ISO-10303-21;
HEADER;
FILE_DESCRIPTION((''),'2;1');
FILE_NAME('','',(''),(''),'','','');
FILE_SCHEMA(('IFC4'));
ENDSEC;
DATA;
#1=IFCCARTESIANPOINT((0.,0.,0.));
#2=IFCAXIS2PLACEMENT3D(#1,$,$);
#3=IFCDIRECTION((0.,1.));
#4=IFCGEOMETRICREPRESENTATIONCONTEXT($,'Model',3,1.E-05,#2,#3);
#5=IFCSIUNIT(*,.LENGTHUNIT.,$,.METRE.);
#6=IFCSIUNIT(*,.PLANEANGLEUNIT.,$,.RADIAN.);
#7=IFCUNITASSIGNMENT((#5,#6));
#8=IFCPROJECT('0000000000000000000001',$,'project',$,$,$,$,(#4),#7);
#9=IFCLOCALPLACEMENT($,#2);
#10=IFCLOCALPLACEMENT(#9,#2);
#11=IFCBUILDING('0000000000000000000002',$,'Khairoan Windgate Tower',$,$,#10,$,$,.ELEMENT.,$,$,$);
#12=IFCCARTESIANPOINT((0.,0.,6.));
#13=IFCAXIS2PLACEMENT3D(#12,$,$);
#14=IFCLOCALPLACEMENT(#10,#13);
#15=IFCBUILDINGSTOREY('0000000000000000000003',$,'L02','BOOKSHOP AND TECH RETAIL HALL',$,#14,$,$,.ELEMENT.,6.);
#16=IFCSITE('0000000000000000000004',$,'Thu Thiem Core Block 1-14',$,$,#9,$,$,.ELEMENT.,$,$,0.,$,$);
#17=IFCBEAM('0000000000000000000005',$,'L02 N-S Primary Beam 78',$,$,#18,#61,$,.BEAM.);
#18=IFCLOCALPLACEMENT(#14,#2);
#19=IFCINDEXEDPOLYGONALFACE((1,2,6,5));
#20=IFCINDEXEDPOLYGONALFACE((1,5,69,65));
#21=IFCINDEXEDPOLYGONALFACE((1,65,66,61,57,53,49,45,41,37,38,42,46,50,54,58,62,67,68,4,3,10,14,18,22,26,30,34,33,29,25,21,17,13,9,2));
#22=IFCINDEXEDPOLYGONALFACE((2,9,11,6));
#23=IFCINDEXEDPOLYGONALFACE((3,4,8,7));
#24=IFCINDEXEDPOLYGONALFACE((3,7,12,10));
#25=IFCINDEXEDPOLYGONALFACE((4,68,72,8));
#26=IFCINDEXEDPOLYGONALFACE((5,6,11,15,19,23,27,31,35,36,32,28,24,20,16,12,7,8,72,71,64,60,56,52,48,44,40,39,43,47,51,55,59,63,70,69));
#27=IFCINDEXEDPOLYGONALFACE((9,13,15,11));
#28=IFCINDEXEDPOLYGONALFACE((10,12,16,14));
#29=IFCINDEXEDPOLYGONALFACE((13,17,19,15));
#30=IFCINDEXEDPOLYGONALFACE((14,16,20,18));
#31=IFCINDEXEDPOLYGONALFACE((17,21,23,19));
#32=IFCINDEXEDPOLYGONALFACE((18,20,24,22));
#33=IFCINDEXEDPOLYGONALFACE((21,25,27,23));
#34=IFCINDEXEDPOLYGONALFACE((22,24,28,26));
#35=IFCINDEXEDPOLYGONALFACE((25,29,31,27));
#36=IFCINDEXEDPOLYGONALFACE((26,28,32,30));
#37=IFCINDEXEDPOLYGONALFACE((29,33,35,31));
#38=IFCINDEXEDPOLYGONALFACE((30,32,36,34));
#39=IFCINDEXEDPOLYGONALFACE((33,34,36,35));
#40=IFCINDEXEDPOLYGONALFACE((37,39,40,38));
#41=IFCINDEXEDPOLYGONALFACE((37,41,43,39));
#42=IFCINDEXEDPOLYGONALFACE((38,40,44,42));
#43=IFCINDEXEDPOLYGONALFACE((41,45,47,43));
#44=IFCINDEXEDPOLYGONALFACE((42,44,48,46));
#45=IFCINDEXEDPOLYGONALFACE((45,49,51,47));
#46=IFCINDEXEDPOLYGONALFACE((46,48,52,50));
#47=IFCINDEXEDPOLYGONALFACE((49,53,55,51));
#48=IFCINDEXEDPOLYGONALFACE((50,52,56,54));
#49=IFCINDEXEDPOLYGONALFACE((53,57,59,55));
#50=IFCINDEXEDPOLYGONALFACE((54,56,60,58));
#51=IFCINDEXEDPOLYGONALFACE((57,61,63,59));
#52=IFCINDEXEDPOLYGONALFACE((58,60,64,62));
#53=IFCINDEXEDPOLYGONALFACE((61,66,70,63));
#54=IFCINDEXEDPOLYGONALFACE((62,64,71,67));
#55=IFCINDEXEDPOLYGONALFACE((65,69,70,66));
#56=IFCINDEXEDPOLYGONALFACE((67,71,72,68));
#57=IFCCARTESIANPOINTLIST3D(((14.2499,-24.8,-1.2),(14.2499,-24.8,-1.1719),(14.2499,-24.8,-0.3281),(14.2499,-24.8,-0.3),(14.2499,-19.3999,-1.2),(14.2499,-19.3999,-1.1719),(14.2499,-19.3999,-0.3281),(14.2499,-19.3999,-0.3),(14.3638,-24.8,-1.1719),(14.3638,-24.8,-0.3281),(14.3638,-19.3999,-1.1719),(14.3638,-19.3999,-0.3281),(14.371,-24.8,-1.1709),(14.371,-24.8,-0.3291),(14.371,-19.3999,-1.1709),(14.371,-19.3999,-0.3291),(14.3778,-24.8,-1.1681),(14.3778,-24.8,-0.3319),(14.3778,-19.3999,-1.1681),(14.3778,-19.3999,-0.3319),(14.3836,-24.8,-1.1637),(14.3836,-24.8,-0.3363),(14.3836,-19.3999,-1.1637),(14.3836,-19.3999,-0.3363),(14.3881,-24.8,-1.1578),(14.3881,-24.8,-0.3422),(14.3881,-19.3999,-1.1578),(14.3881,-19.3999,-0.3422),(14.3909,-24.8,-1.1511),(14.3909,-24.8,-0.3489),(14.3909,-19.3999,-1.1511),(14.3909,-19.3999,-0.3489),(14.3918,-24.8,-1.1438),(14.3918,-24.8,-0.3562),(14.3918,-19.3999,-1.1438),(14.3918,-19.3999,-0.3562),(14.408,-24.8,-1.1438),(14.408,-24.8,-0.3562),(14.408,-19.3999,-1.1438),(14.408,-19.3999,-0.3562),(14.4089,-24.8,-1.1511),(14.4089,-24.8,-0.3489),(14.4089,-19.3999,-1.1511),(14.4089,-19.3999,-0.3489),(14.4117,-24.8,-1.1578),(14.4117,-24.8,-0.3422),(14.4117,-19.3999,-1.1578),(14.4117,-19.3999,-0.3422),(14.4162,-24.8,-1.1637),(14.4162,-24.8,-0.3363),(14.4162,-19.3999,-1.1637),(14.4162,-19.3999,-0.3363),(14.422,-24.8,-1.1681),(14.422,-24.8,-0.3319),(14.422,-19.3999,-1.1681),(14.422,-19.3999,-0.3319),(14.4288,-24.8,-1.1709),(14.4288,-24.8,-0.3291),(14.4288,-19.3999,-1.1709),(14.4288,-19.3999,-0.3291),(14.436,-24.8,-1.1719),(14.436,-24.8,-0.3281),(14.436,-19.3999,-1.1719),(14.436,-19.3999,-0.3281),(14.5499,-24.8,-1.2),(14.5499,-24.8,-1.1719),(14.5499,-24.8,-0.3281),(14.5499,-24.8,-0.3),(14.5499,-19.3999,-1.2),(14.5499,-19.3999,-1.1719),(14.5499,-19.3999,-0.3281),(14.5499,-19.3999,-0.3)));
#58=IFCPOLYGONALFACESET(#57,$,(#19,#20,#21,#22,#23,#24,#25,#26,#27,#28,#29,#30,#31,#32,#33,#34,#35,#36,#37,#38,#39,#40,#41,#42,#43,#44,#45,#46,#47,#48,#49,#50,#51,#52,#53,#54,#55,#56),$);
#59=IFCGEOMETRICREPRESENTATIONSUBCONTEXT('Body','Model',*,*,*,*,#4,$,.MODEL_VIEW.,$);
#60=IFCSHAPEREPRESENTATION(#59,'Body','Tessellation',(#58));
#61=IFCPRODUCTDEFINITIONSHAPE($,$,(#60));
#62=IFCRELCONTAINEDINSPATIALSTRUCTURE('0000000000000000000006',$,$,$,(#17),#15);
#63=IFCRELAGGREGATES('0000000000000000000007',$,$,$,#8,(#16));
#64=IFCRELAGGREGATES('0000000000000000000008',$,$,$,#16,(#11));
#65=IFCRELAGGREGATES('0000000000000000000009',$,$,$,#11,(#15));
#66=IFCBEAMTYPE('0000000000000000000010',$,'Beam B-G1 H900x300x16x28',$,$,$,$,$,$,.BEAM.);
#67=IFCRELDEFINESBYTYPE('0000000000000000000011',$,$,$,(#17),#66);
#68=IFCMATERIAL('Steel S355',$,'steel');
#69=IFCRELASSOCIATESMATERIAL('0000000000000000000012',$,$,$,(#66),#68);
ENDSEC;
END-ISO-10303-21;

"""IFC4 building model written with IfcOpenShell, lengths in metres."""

from ifc_helpers import new_model, si_unit, direction, frame, origin, origin_2d, place, context, subcontext, project, spatial, i_section, extrude, material, material_profile, profile_set, type_object, element, save


model = new_model("IFC4")

# Units and contexts
model_context = context("Model", 3, precision=1e-05, world=origin(), true_north=direction((0.0, 1.0)))
body_context = subcontext(model_context, "Body", "Model", "MODEL_VIEW")
ifc_project = project(units=[si_unit("LENGTHUNIT", "METRE"), si_unit("PLANEANGLEUNIT", "RADIAN")], contexts=[model_context])

# Site, building, storey
site_placement = place(None, origin())
site = spatial("IfcSite", under=ifc_project, at=site_placement, Name="Thu Thiem Core Block 1-14", CompositionType="ELEMENT", RefElevation=0.0)
building_placement = place(site_placement, origin())
building = spatial("IfcBuilding", under=site, at=building_placement, Name="Khairoan Windgate Tower", CompositionType="ELEMENT")
storey_placement = place(building_placement, frame((0.0, 0.0, 6.0)))
storey = spatial("IfcBuildingStorey", under=building, at=storey_placement, Name="L02", Description="BOOKSHOP AND TECH RETAIL HALL", CompositionType="ELEMENT", Elevation=6.0)

# Beam
ifc_material_1 = material(Name="Steel S355", Category="steel")
ifc_material_profile_1 = material_profile(ifc_material_1, i_section(OverallWidth=0.3, OverallDepth=0.8999, WebThickness=0.0161, FlangeThickness=0.0281, FilletRadius=0.0281, at=origin_2d()))
ifc_profile_set_1 = profile_set([ifc_material_profile_1], Name="Steel S355")
beam_type = type_object("IfcBeamType", Name="Beam B-G1 H900x300x16x28", PredefinedType="BEAM", material=ifc_profile_set_1)
beam_1_placement = place(storey_placement, frame((14.3999, -24.8, -0.75), z_axis=(0.0, 1.0, 0.0), x_axis=(-1.0, 0.0, 0.0)))
element("IfcBeam", 1, at=beam_1_placement, inside=storey, type_object=beam_type, Name="L02 N-S Primary Beam 78", PredefinedType="BEAM", context=body_context, shape_type="SweptSolid", body=[
    extrude(i_section(OverallWidth=0.3, OverallDepth=0.8999, WebThickness=0.0161, FlangeThickness=0.0281, FilletRadius=0.0281, at=origin_2d()), origin(), (0.0, 0.0, 1.0), 5.4001),
])

save(model, "model.ifc")
